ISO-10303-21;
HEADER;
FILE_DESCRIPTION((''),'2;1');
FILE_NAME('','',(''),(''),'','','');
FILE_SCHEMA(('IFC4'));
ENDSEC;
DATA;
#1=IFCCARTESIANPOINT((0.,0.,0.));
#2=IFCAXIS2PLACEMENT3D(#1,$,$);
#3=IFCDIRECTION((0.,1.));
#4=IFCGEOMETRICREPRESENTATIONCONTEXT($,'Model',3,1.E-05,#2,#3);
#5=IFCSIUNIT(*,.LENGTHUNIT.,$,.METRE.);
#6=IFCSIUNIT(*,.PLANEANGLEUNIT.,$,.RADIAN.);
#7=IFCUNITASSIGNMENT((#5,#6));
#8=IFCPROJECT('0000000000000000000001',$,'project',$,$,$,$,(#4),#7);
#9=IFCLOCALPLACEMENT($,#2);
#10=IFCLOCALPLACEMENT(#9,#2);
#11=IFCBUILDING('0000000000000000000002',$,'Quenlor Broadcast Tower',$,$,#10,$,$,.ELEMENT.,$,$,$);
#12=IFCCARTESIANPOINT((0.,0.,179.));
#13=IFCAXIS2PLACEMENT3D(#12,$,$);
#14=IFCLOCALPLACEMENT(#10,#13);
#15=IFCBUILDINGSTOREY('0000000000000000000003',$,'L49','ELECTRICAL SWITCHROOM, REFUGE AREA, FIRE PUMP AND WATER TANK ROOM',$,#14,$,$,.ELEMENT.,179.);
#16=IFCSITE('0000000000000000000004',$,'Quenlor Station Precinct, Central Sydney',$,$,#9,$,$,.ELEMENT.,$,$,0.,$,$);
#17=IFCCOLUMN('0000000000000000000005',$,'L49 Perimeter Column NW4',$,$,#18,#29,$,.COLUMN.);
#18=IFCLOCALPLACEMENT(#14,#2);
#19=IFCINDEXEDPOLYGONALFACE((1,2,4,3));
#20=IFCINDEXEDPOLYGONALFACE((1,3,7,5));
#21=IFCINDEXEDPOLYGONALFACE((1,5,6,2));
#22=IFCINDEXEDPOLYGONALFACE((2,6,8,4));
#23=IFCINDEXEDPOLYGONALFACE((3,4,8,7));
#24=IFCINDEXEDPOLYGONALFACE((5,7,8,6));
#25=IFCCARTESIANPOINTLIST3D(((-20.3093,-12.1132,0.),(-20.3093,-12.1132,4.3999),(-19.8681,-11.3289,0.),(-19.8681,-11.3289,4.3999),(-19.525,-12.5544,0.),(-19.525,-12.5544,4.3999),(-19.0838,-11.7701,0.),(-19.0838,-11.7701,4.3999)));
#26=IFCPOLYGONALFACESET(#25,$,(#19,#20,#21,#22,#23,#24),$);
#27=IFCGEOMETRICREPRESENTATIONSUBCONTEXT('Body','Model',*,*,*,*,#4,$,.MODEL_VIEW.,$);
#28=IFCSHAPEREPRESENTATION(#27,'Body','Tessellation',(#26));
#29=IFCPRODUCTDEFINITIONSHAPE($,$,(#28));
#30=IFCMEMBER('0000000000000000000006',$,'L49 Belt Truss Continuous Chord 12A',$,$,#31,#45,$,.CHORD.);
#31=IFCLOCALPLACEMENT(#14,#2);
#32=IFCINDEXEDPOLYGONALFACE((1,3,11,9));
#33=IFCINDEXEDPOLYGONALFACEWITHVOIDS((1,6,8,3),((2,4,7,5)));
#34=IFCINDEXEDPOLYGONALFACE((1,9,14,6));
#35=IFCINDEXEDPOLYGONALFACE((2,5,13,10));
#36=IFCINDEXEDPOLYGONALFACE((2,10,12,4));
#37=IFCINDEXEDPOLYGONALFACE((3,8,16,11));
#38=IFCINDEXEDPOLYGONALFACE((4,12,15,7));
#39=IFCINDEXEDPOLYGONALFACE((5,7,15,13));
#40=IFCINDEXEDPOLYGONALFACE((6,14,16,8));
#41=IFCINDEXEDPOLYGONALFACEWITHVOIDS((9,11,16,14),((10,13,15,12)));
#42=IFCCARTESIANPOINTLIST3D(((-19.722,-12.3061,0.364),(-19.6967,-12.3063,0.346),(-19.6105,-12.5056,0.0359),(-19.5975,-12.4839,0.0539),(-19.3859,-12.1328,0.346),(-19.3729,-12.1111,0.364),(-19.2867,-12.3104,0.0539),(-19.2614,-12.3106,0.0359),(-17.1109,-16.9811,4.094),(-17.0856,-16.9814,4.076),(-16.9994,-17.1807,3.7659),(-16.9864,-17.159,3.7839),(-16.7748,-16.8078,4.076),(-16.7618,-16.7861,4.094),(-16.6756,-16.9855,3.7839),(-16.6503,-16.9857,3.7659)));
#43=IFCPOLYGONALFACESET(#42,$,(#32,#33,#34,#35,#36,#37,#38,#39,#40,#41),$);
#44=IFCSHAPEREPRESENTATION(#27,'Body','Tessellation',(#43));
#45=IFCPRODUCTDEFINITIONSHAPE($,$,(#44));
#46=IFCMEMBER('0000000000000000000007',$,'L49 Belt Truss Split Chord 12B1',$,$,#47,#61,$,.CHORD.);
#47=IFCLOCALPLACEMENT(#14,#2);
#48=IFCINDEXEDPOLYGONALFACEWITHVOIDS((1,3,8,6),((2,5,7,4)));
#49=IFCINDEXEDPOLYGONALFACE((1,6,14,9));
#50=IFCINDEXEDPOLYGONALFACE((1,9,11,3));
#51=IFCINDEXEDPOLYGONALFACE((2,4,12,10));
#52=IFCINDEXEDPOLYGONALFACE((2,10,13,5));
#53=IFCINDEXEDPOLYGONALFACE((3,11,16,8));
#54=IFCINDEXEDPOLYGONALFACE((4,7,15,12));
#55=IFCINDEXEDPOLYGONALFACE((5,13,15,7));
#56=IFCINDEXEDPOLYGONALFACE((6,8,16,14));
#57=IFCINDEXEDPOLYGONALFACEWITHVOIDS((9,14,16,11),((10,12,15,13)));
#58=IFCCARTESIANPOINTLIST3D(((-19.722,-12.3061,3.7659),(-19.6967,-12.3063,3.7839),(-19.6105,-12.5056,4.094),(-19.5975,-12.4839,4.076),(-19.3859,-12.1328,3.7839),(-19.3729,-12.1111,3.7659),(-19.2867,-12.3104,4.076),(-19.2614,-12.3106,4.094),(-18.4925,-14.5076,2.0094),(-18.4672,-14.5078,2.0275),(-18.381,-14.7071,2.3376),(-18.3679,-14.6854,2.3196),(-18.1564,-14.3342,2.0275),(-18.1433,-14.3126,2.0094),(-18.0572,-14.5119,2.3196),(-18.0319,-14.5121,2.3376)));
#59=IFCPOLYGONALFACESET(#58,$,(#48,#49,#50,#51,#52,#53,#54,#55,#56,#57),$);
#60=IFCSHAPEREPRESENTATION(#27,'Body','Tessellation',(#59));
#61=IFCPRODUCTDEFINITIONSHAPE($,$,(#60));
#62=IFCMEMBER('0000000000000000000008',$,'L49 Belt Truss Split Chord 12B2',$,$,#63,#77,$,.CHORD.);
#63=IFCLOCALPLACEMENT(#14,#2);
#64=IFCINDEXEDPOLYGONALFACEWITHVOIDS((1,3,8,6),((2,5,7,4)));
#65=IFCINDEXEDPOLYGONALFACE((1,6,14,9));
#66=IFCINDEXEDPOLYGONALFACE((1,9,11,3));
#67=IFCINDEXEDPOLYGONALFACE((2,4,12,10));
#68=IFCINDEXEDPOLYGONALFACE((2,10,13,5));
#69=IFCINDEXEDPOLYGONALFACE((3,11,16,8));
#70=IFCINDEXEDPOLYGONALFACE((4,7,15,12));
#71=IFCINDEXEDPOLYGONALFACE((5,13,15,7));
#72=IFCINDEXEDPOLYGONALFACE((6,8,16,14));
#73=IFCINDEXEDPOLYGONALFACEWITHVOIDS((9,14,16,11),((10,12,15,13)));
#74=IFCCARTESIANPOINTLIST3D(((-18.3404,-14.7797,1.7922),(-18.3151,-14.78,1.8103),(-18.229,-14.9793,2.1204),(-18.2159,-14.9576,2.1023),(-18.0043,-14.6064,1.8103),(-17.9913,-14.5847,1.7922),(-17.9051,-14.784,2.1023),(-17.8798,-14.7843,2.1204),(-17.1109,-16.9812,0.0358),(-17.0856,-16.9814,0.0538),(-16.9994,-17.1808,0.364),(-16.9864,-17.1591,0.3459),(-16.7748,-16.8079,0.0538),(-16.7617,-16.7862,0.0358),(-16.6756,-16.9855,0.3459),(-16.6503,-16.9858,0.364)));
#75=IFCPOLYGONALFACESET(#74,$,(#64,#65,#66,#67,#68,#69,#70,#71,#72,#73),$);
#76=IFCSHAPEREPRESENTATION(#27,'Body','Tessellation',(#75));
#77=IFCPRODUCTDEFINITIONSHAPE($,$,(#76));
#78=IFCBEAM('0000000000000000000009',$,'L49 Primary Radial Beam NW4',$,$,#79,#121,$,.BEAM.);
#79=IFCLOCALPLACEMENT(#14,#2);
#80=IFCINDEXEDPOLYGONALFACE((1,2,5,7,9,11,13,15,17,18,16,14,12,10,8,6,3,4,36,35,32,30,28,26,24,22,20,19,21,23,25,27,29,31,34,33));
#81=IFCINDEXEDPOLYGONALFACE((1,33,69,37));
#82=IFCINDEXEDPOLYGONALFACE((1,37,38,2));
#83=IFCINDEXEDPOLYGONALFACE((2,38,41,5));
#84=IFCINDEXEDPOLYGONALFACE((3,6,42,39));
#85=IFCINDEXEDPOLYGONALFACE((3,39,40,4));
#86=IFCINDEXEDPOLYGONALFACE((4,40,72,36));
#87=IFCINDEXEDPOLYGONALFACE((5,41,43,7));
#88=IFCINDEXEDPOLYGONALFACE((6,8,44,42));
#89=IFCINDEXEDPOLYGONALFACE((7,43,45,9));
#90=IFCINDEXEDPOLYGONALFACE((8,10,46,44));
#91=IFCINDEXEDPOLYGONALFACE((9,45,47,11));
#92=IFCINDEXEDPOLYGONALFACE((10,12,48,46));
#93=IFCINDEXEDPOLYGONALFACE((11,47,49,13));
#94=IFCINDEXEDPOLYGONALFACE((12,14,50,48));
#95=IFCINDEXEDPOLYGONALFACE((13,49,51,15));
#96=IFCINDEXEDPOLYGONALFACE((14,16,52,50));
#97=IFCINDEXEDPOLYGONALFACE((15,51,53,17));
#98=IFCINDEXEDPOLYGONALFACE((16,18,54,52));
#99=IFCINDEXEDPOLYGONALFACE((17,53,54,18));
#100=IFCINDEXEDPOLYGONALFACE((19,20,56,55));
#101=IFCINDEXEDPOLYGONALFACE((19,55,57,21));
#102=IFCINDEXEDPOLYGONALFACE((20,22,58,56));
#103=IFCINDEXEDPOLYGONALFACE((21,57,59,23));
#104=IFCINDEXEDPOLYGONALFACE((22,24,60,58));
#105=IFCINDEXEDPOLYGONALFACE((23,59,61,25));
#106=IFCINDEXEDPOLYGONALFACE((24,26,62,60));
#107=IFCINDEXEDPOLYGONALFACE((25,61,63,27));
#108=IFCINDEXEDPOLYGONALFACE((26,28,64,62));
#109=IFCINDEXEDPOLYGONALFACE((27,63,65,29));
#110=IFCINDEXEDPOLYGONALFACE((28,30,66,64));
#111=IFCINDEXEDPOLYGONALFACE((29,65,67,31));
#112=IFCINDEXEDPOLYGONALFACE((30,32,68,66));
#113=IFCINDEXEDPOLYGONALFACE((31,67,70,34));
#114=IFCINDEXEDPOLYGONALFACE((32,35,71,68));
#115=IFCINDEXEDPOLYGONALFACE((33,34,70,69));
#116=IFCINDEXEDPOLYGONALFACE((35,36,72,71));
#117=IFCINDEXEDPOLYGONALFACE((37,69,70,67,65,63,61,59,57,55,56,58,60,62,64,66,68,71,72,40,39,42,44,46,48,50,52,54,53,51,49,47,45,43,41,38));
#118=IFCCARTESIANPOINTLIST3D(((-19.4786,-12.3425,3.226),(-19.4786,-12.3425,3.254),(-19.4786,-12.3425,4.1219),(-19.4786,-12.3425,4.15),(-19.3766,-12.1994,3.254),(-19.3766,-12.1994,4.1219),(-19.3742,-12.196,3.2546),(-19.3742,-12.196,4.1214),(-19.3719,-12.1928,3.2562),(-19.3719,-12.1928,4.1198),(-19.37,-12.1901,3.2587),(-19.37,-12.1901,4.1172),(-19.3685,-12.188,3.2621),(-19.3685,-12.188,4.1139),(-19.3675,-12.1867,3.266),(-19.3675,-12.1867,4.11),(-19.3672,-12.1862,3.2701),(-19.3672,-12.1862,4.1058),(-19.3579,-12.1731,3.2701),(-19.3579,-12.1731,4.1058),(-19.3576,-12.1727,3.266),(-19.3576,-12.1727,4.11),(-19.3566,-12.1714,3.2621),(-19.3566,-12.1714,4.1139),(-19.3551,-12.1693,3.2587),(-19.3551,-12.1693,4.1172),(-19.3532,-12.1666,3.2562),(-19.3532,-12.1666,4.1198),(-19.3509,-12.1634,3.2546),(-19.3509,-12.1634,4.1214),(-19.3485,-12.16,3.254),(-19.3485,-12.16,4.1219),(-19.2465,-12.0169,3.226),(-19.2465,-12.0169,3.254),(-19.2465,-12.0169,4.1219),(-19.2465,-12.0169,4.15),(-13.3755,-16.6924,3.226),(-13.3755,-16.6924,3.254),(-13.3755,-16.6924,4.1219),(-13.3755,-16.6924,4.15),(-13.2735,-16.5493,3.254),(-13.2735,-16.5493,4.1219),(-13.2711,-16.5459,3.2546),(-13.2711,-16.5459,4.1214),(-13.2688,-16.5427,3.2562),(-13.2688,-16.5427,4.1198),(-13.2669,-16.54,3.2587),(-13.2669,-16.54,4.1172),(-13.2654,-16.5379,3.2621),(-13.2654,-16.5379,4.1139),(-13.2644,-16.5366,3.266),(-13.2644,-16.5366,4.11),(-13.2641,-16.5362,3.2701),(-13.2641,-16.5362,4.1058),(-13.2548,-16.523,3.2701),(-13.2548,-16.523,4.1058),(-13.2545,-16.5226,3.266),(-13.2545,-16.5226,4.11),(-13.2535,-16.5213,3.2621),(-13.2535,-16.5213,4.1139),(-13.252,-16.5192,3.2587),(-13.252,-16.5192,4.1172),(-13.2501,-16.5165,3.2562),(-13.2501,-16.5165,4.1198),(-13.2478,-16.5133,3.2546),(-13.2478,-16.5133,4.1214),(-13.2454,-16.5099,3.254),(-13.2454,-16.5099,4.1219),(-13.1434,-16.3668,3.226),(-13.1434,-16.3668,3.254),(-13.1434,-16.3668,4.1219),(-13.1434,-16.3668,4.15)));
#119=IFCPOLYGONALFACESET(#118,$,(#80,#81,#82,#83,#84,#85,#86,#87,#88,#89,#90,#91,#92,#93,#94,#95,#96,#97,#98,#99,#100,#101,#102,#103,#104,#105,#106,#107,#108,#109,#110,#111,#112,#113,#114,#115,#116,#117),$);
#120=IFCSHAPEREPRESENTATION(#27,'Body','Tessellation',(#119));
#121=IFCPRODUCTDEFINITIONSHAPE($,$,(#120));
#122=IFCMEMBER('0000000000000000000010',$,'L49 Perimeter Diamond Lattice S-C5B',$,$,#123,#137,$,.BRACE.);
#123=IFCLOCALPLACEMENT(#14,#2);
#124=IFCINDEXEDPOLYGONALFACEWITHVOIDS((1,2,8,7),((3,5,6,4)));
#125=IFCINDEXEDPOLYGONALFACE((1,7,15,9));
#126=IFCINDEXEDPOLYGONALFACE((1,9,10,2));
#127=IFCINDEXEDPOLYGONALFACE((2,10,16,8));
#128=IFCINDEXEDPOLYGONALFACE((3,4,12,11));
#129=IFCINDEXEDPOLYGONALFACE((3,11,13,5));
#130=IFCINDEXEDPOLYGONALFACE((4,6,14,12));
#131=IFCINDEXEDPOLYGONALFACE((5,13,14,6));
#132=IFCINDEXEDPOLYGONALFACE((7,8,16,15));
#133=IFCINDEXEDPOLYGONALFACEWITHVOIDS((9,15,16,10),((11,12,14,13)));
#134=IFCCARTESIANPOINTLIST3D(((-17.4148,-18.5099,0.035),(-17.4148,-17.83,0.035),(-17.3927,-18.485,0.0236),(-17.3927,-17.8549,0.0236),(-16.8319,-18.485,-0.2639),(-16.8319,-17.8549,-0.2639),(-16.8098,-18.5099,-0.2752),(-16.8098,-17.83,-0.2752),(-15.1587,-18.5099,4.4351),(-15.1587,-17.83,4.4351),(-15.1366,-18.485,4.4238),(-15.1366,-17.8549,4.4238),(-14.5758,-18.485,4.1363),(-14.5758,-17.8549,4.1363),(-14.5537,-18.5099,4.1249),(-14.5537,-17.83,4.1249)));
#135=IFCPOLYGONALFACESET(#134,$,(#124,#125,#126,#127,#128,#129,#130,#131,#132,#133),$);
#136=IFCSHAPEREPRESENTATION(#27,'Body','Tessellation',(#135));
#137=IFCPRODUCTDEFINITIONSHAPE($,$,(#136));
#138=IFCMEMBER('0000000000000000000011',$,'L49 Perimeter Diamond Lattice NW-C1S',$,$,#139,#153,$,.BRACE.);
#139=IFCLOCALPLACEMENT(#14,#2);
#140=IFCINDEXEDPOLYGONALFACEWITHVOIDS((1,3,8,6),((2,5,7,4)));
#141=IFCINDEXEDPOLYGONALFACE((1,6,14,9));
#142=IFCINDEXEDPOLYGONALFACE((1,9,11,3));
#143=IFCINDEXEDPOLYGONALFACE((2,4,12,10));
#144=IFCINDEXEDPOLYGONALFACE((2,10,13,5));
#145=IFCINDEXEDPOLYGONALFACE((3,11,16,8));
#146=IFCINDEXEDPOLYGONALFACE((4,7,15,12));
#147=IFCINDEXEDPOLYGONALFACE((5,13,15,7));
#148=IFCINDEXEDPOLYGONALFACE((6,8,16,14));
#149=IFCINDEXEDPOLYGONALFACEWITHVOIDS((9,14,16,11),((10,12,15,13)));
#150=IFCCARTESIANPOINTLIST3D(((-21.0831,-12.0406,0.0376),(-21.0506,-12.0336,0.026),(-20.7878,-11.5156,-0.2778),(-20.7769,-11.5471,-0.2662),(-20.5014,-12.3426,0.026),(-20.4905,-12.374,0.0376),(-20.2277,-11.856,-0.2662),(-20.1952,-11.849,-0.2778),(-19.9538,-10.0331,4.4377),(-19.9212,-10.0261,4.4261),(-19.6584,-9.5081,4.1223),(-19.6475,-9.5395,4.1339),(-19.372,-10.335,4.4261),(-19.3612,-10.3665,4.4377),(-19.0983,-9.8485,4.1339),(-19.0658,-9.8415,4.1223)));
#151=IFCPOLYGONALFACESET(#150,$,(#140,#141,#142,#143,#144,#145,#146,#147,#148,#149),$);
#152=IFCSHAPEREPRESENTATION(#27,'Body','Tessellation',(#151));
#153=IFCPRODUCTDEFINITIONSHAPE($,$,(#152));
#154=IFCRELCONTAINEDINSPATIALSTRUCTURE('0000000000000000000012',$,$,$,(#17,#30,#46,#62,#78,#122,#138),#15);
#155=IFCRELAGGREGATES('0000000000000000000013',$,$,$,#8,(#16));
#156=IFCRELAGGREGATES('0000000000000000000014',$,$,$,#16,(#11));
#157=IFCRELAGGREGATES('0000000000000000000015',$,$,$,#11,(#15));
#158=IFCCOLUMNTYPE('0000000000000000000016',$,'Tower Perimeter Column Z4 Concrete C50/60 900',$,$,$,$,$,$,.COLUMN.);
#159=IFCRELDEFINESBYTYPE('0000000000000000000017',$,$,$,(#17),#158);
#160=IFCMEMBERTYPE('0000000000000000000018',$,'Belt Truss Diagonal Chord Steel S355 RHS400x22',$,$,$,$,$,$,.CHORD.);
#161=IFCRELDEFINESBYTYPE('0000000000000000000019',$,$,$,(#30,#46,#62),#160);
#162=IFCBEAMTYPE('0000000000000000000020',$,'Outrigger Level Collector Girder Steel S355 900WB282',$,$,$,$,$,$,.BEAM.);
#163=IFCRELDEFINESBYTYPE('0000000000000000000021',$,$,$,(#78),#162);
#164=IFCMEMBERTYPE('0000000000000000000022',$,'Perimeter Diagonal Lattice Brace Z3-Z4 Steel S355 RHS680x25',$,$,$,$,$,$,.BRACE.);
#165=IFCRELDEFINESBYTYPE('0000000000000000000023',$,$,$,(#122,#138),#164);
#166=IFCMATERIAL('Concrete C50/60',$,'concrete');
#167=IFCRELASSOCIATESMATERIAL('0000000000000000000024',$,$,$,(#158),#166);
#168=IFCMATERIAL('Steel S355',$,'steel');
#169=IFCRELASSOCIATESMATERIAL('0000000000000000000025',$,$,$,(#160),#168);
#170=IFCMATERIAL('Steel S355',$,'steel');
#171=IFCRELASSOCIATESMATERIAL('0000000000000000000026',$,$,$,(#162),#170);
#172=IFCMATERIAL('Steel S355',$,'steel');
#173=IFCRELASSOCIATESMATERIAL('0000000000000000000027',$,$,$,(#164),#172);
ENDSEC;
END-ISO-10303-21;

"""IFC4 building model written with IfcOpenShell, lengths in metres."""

from ifc_helpers import new_model, si_unit, direction, frame, origin, origin_2d, place, context, subcontext, project, spatial, rectangle, hollow_rectangle, i_section, extrude, material, material_profile, profile_set, type_object, element, save


model = new_model("IFC4")

# Units and contexts
model_context = context("Model", 3, precision=1e-05, world=origin(), true_north=direction((0.0, 1.0)))
body_context = subcontext(model_context, "Body", "Model", "MODEL_VIEW")
ifc_project = project(units=[si_unit("LENGTHUNIT", "METRE"), si_unit("PLANEANGLEUNIT", "RADIAN")], contexts=[model_context])

# Site, building, storey
site_placement = place(None, origin())
site = spatial("IfcSite", under=ifc_project, at=site_placement, Name="Quenlor Station Precinct, Central Sydney", CompositionType="ELEMENT", RefElevation=0.0)
building_placement = place(site_placement, origin())
building = spatial("IfcBuilding", under=site, at=building_placement, Name="Quenlor Broadcast Tower", CompositionType="ELEMENT")
storey_placement = place(building_placement, frame((0.0, 0.0, 179.0)))
storey = spatial("IfcBuildingStorey", under=building, at=storey_placement, Name="L49", Description="ELECTRICAL SWITCHROOM, REFUGE AREA, FIRE PUMP AND WATER TANK ROOM", CompositionType="ELEMENT", Elevation=179.0)

# Column
ifc_material_1 = material(Name="Concrete C50/60", Category="concrete")
ifc_material_profile_1 = material_profile(ifc_material_1, rectangle(XDim=0.8999, YDim=0.8999, at=origin_2d()))
ifc_profile_set_1 = profile_set([ifc_material_profile_1], Name="Concrete C50/60 RC900x900")
column_type = type_object("IfcColumnType", Name="Tower Perimeter Column Z4 Concrete C50/60 900", PredefinedType="COLUMN", material=ifc_profile_set_1)
column_placement = place(storey_placement, frame((-19.6965, -11.9417, 0.0), z_axis=(0.0, 0.0, 1.0), x_axis=(-0.871575, 0.490262, 0.0)))
element("IfcColumn", 1, at=column_placement, inside=storey, type_object=column_type, Name="L49 Perimeter Column NW4", PredefinedType="COLUMN", context=body_context, shape_type="SweptSolid", body=[
    extrude(rectangle(XDim=0.8999, YDim=0.8999, at=origin_2d()), origin(), (0.0, 0.0, 1.0), 4.3999),
])

# Members
ifc_material_2 = material(Name="Steel S355", Category="steel")
ifc_material_profile_2 = material_profile(ifc_material_2, hollow_rectangle(XDim=0.3999, YDim=0.3999, WallThickness=0.022, at=origin_2d()))
ifc_profile_set_2 = profile_set([ifc_material_profile_2], Name="Steel S355 RHS400x400x22")
member_type_1 = type_object("IfcMemberType", Name="Belt Truss Diagonal Chord Steel S355 RHS400x22", PredefinedType="CHORD", material=ifc_profile_set_2)
member_1_placement = place(storey_placement, frame((-19.4917, -12.3083, 0.2), z_axis=(0.400115, -0.71639, 0.571571), x_axis=(0.873058, 0.487616, 0.0)))
element("IfcMember", 2, at=member_1_placement, inside=storey, type_object=member_type_1, Name="L49 Belt Truss Continuous Chord 12A", PredefinedType="CHORD", context=body_context, shape_type="SweptSolid", body=[
    extrude(hollow_rectangle(XDim=0.3999, YDim=0.3999, WallThickness=0.022, at=origin_2d()), origin(), (0.0, 0.0, 1.0), 6.5259),
])
for number, where, z_axis, x_axis, name in (
    (3, (-19.4917, -12.3083, 3.9299), (0.40011, -0.7164, -0.571563), (0.873064, 0.487607, 0.0), "L49 Belt Truss Split Chord 12B1"),
    (4, (-18.1101, -14.782, 1.9563), (0.40011, -0.7164, -0.571563), (0.873064, 0.487607, 0.0), "L49 Belt Truss Split Chord 12B2"),
):
    element("IfcMember", number, at=place(storey_placement, frame(where, z_axis=z_axis, x_axis=x_axis)), inside=storey, type_object=member_type_1, Name=name, PredefinedType="CHORD", context=body_context, shape_type="SweptSolid", body=[
        extrude(hollow_rectangle(XDim=0.3999, YDim=0.3999, WallThickness=0.022, at=origin_2d()), origin(), (0.0, 0.0, 1.0), 3.073),
    ])

# Beam
ifc_material_3 = material(Name="Steel S355", Category="steel")
ifc_material_profile_3 = material_profile(ifc_material_3, i_section(OverallWidth=0.3999, OverallDepth=0.9241, WebThickness=0.0161, FlangeThickness=0.0281, FilletRadius=0.0161, at=origin_2d()))
ifc_profile_set_3 = profile_set([ifc_material_profile_3], Name="Steel S355 900WB282")
beam_type_1 = type_object("IfcBeamType", Name="Outrigger Level Collector Girder Steel S355 900WB282", PredefinedType="BEAM", material=ifc_profile_set_3)
beam_1_placement = place(storey_placement, frame((-19.3625, -12.1797, 3.688), z_axis=(0.81433, -0.580403, 0.0), x_axis=(0.580403, 0.81433, 0.0)))
element("IfcBeam", 5, at=beam_1_placement, inside=storey, type_object=beam_type_1, Name="L49 Primary Radial Beam NW4", PredefinedType="BEAM", context=body_context, shape_type="SweptSolid", body=[
    extrude(i_section(OverallWidth=0.3999, OverallDepth=0.9241, WebThickness=0.0161, FlangeThickness=0.0281, FilletRadius=0.0161, at=origin_2d()), origin(), (0.0, 0.0, 1.0), 7.4946),
])

# Members
ifc_material_4 = material(Name="Steel S355", Category="steel")
ifc_material_profile_4 = material_profile(ifc_material_4, hollow_rectangle(XDim=0.6799, YDim=0.6799, WallThickness=0.0249, at=origin_2d()))
ifc_profile_set_4 = profile_set([ifc_material_profile_4], Name="Steel S355 RHS680x680x25")
member_type_2 = type_object("IfcMemberType", Name="Perimeter Diagonal Lattice Brace Z3-Z4 Steel S355 RHS680x25", PredefinedType="BRACE", material=ifc_profile_set_4)
member_2_placement = place(storey_placement, frame((-17.1123, -18.1699, -0.1201), z_axis=(0.456256, 0.0, 0.889849), x_axis=(0.0, 1.0, 0.0)))
element("IfcMember", 6, at=member_2_placement, inside=storey, type_object=member_type_2, Name="L49 Perimeter Diamond Lattice S-C5B", PredefinedType="BRACE", context=body_context, shape_type="SweptSolid", body=[
    extrude(hollow_rectangle(XDim=0.6799, YDim=0.6799, WallThickness=0.0249, at=origin_2d()), origin(), (0.0, 0.0, 1.0), 4.9448),
])
member_3_placement = place(storey_placement, frame((-20.6392, -11.9448, -0.1201), z_axis=(0.227398, 0.404214, 0.885947), x_axis=(-0.87155, 0.490307, 0.0)))
element("IfcMember", 7, at=member_3_placement, inside=storey, type_object=member_type_2, Name="L49 Perimeter Diamond Lattice NW-C1S", PredefinedType="BRACE", context=body_context, shape_type="SweptSolid", body=[
    extrude(hollow_rectangle(XDim=0.6799, YDim=0.6799, WallThickness=0.0249, at=origin_2d()), origin(), (0.0, 0.0, 1.0), 4.9666),
])

save(model, "model.ifc")
